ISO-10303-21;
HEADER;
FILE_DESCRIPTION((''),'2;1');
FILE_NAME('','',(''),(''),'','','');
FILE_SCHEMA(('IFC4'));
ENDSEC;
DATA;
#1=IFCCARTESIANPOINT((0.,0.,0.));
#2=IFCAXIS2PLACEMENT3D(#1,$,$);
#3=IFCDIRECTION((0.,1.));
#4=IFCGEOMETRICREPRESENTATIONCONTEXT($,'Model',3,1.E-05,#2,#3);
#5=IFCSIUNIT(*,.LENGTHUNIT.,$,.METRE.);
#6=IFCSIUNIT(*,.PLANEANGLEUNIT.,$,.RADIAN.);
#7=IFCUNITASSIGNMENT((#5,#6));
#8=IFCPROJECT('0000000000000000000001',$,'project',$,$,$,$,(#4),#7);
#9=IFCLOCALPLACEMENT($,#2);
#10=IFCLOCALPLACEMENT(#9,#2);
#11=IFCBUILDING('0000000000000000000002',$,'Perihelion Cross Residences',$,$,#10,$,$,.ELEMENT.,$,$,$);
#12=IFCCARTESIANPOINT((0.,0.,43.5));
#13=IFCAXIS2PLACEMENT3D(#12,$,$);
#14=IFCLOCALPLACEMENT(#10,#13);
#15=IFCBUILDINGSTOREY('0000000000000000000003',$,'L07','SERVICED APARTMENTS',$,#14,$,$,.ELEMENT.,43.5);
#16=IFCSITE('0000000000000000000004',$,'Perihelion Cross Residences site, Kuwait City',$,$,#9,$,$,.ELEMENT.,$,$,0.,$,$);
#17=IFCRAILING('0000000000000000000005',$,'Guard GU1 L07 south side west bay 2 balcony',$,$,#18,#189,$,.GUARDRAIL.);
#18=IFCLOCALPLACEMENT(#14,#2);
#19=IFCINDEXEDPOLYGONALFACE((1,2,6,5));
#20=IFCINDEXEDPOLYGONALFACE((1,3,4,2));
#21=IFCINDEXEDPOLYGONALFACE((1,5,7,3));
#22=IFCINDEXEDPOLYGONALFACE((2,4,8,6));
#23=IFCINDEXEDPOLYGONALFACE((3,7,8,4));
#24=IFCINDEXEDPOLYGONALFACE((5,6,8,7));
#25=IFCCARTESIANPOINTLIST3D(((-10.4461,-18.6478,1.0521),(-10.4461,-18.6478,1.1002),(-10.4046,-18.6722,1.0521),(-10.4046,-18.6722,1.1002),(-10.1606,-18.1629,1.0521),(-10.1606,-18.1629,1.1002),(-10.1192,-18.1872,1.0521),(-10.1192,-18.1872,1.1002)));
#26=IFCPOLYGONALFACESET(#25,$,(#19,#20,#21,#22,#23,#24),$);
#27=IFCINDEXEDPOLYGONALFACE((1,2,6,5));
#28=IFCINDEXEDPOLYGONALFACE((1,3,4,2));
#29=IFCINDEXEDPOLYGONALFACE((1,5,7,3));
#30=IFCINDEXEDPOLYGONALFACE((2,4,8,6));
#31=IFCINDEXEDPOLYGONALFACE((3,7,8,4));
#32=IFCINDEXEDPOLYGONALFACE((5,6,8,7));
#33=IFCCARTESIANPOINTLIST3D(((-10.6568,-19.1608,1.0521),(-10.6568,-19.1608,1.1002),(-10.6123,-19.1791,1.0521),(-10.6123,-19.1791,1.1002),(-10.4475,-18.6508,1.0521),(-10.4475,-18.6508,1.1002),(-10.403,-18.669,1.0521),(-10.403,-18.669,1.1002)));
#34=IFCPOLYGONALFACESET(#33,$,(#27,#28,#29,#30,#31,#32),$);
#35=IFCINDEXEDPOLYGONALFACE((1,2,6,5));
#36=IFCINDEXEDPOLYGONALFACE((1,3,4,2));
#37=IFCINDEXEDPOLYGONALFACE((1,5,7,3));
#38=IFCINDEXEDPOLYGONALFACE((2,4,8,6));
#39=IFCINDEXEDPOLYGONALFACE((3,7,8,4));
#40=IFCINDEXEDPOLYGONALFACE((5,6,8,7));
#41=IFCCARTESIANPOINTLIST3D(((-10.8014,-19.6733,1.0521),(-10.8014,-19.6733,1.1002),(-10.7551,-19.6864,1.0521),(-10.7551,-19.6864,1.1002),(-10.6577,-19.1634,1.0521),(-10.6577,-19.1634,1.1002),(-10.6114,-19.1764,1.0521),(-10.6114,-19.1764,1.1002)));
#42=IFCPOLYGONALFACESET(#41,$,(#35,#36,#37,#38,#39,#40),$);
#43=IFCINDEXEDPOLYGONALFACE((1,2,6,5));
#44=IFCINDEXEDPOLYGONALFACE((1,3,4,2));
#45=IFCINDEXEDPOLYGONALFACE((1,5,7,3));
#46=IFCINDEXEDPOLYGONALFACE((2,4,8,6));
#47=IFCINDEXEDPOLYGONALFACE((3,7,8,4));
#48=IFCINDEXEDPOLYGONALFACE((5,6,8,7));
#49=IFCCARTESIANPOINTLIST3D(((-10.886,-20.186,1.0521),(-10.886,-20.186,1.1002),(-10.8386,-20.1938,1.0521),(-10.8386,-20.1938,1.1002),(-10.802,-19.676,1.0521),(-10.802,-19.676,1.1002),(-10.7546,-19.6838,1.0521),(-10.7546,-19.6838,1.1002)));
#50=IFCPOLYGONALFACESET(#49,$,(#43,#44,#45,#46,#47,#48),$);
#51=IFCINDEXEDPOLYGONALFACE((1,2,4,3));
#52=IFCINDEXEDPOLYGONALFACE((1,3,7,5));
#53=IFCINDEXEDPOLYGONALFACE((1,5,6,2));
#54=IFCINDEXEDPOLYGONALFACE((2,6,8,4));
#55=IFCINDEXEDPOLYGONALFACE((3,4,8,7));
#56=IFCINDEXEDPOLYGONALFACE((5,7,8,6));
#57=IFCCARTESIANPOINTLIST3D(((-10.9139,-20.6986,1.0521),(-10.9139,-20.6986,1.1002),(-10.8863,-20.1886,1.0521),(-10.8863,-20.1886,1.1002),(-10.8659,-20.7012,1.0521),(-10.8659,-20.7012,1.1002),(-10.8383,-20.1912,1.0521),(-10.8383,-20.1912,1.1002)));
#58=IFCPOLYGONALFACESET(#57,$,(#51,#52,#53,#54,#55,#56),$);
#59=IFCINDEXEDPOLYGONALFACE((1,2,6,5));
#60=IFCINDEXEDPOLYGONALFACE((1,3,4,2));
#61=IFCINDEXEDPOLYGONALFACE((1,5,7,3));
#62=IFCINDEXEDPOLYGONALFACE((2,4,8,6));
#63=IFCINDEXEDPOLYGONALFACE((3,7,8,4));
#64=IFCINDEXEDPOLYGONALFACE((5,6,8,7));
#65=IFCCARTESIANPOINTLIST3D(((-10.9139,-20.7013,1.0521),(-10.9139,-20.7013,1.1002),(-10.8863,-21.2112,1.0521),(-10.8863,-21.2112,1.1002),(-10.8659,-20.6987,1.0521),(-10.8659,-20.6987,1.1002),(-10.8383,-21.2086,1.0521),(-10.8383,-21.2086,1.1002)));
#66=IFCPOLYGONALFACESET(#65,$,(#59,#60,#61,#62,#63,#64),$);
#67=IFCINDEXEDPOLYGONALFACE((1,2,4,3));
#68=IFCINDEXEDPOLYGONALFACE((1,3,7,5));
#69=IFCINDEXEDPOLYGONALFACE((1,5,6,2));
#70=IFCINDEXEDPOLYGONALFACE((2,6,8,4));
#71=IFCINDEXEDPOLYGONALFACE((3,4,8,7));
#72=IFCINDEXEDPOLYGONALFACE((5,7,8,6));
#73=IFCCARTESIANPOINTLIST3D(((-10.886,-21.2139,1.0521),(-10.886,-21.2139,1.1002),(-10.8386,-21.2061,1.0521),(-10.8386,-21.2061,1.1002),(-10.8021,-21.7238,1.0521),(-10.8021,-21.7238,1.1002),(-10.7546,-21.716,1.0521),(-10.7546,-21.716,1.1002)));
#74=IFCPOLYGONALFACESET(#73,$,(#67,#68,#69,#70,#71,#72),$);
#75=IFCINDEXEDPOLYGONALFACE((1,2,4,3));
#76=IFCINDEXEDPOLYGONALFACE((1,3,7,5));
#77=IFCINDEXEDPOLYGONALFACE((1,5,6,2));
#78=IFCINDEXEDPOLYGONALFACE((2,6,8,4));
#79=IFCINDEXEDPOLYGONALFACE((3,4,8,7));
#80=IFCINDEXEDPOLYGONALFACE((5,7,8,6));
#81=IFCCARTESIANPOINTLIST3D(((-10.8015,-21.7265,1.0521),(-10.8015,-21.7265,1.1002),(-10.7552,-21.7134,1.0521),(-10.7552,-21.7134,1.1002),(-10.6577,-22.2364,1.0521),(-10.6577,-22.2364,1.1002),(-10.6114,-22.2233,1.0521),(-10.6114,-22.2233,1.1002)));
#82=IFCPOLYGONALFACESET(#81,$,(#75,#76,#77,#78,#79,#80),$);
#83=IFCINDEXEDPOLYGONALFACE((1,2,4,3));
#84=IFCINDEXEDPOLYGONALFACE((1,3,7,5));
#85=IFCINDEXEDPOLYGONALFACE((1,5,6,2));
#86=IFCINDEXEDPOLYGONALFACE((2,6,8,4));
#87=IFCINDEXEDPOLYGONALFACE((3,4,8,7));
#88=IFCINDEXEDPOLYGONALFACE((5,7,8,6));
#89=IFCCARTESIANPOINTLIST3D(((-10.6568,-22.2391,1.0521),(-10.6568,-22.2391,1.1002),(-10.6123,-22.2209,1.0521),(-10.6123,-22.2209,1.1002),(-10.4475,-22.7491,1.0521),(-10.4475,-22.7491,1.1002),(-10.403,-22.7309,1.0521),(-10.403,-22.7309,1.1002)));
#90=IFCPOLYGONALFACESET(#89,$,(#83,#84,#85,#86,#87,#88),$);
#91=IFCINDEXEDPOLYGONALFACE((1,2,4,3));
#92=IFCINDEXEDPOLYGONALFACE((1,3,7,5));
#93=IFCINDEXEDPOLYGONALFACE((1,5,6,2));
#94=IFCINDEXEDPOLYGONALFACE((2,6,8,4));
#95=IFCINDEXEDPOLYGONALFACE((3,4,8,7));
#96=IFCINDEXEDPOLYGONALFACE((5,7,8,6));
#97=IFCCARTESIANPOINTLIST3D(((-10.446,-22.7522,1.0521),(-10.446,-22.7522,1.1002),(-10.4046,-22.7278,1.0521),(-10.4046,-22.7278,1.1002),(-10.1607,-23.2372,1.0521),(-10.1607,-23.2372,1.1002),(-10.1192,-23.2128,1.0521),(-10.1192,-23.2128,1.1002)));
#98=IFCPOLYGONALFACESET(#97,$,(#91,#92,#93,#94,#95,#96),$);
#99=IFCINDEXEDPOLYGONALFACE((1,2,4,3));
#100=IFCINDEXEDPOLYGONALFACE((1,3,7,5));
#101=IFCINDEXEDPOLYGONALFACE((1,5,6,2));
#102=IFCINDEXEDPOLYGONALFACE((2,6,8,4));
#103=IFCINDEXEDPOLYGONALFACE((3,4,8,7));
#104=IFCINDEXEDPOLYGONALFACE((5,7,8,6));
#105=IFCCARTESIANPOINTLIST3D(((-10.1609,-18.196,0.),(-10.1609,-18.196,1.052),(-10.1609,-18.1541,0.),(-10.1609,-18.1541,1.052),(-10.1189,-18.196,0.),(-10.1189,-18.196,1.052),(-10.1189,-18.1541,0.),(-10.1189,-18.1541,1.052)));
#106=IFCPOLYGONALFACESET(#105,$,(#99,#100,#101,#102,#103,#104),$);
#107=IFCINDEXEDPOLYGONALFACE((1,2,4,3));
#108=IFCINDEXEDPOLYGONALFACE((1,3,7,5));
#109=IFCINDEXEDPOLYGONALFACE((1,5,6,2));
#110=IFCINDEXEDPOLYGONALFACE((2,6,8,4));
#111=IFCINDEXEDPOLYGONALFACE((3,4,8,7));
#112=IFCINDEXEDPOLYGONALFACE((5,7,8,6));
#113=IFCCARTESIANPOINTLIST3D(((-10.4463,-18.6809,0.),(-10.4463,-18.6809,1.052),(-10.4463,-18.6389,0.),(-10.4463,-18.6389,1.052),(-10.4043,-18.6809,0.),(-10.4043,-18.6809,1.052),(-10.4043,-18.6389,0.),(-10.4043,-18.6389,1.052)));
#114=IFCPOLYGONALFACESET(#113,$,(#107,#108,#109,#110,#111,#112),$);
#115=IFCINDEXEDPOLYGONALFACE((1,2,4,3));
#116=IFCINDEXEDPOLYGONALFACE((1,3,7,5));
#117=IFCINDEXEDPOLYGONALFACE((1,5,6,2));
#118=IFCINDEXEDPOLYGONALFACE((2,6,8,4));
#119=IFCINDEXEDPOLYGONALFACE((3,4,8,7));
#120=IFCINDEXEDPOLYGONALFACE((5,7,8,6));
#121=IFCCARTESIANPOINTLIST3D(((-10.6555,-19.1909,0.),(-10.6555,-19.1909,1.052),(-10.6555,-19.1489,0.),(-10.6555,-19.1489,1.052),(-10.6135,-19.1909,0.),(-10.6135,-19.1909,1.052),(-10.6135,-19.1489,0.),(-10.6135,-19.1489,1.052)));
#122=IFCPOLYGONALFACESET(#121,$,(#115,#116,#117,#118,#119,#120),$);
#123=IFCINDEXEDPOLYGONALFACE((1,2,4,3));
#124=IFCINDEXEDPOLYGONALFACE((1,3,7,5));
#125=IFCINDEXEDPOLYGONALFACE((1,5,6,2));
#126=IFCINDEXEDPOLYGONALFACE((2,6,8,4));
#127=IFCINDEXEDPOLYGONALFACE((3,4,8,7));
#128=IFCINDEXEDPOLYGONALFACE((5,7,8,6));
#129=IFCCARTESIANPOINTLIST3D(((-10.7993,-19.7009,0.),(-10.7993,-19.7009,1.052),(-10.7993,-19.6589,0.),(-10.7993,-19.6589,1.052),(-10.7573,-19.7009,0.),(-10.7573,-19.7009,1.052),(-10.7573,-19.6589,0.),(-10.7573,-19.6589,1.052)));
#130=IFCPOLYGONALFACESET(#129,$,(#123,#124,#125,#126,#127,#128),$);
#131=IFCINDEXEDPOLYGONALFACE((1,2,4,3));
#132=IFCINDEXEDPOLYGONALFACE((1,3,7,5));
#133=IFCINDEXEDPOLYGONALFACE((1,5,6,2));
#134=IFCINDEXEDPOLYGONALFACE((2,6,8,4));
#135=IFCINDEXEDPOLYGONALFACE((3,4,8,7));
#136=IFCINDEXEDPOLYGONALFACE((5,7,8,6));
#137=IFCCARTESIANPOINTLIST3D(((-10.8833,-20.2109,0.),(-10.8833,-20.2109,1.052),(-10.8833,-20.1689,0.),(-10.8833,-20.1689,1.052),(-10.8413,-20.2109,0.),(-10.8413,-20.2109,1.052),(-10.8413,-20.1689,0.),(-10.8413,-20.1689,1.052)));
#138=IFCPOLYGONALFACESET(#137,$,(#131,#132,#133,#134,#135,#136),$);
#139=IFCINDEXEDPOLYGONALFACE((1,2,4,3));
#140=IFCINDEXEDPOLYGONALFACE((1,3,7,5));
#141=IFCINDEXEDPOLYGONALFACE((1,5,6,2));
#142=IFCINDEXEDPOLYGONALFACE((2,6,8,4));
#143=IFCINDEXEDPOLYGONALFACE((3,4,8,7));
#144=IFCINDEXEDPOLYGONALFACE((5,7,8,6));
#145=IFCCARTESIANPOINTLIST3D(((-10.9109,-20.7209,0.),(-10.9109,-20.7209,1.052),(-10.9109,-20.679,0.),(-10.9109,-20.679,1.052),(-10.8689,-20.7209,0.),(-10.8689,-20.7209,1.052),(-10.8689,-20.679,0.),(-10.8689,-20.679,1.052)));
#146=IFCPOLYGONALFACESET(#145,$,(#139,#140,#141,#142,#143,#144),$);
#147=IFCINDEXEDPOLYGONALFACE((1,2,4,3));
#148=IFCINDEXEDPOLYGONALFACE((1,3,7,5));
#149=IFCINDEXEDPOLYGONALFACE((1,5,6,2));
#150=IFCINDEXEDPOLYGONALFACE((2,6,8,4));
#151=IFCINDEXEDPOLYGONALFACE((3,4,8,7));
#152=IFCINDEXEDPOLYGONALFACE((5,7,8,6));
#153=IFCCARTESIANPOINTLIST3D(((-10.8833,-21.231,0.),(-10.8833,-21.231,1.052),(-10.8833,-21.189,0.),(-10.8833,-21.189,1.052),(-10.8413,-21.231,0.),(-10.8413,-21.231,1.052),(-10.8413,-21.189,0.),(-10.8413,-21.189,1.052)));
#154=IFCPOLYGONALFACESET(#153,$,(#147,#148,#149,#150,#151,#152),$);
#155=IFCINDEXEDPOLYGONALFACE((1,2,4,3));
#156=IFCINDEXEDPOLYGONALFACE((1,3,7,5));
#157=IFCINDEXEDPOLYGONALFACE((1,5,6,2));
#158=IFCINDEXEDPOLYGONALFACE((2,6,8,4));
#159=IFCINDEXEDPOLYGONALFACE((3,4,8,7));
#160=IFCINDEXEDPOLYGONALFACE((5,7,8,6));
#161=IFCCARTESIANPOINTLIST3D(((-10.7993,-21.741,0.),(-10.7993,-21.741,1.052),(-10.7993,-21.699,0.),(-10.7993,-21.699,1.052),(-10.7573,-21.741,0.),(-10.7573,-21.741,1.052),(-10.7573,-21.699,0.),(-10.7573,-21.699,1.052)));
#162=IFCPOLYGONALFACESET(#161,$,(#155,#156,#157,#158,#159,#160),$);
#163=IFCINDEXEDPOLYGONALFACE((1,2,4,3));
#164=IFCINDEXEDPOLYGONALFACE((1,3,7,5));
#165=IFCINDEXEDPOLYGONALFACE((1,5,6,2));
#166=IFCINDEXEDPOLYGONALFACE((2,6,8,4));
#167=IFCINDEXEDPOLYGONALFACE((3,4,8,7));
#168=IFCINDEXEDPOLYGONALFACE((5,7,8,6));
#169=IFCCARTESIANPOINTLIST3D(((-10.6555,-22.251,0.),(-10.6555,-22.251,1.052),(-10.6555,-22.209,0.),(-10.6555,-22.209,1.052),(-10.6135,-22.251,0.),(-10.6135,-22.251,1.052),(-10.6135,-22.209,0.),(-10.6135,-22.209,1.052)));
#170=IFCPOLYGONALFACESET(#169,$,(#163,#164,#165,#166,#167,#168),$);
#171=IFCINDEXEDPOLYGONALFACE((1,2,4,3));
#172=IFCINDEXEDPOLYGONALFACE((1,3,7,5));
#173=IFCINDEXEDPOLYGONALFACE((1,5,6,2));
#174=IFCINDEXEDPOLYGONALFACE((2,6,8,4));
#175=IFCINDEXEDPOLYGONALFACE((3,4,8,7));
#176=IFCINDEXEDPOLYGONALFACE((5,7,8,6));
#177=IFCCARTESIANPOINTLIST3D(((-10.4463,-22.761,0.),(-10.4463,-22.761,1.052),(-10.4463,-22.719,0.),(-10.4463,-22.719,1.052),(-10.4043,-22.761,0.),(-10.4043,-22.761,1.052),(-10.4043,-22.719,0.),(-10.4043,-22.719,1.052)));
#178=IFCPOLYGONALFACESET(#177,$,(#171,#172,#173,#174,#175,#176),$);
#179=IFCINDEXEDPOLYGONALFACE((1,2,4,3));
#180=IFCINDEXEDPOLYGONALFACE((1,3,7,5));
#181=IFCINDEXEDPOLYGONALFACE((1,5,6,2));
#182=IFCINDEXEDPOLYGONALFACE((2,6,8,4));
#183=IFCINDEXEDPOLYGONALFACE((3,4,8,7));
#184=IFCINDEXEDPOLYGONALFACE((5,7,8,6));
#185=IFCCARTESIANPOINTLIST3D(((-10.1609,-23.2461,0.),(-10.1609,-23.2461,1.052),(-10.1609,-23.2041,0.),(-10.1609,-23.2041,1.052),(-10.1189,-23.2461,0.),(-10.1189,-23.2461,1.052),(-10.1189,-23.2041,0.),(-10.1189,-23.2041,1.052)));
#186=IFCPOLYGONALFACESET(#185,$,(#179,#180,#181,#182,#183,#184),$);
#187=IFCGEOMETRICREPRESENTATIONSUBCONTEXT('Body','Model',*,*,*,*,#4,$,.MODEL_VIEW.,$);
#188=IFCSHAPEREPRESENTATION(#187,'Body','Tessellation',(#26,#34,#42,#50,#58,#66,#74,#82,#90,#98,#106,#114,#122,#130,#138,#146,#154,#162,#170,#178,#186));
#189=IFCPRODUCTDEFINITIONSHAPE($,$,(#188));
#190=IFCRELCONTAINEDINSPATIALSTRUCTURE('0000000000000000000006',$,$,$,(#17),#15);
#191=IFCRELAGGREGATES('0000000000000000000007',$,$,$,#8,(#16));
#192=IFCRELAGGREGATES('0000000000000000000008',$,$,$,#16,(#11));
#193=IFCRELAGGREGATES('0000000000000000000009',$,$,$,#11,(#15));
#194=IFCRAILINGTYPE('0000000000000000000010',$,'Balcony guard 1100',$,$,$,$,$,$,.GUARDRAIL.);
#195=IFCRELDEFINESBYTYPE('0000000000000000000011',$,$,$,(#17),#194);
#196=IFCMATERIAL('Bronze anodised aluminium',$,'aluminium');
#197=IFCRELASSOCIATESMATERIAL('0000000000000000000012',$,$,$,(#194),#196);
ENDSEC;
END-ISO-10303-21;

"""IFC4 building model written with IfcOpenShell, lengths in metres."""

from ifc_helpers import new_model, si_unit, direction, frame, origin, origin_2d, place, context, subcontext, project, spatial, rectangle, extrude, material, type_object, element, save


model = new_model("IFC4")

# Units and contexts
model_context = context("Model", 3, precision=1e-05, world=origin(), true_north=direction((0.0, 1.0)))
body_context = subcontext(model_context, "Body", "Model", "MODEL_VIEW")
ifc_project = project(units=[si_unit("LENGTHUNIT", "METRE"), si_unit("PLANEANGLEUNIT", "RADIAN")], contexts=[model_context])

# Site, building, storey
site_placement = place(None, origin())
site = spatial("IfcSite", under=ifc_project, at=site_placement, Name="Perihelion Cross Residences site, Kuwait City", CompositionType="ELEMENT", RefElevation=0.0)
building_placement = place(site_placement, origin())
building = spatial("IfcBuilding", under=site, at=building_placement, Name="Perihelion Cross Residences", CompositionType="ELEMENT")
storey_placement = place(building_placement, frame((0.0, 0.0, 43.5)))
storey = spatial("IfcBuildingStorey", under=building, at=storey_placement, Name="L07", Description="SERVICED APARTMENTS", CompositionType="ELEMENT", Elevation=43.5)

# Railing
ifc_material_1 = material(Name="Bronze anodised aluminium", Category="aluminium")
railing_type = type_object("IfcRailingType", Name="Balcony guard 1100", PredefinedType="GUARDRAIL", material=ifc_material_1)
railing_1_placement = place(storey_placement, frame((-10.1399, -18.175, 0.0)))
element("IfcRailing", 1, at=railing_1_placement, inside=storey, type_object=railing_type, Name="Guard GU1 L07 south side west bay 2 balcony", PredefinedType="GUARDRAIL", context=body_context, shape_type="SweptSolid", body=[
    extrude(rectangle(XDim=0.0481, YDim=0.0481, at=origin_2d()), frame((0.0, 0.0, 1.0762), z_axis=(-0.507267, -0.861789, 0.0), x_axis=(0.861789, -0.507267, 0.0)), (0.0, 0.0, 1.0), 0.5627),
    extrude(rectangle(XDim=0.0481, YDim=0.0481, at=origin_2d()), frame((-0.2854, -0.4849, 1.0762), z_axis=(-0.379547, -0.925173, 0.0), x_axis=(0.925173, -0.379547, 0.0)), (0.0, 0.0, 1.0), 0.5513),
    extrude(rectangle(XDim=0.0481, YDim=0.0481, at=origin_2d()), frame((-0.4946, -0.9949, 1.0762), z_axis=(-0.271373, -0.962474, 0.0), x_axis=(0.962474, -0.271373, 0.0)), (0.0, 0.0, 1.0), 0.5298),
    extrude(rectangle(XDim=0.0481, YDim=0.0481, at=origin_2d()), frame((-0.6384, -1.5049, 1.0762), z_axis=(-0.162484, -0.986711, 0.0), x_axis=(0.986711, -0.162484, 0.0)), (0.0, 0.0, 1.0), 0.5168),
    extrude(rectangle(XDim=0.0481, YDim=0.0481, at=origin_2d()), frame((-0.7224, -2.0149, 1.0762), z_axis=(-0.054014, -0.99854, 0.0), x_axis=(0.99854, -0.054014, 0.0)), (0.0, 0.0, 1.0), 0.5107),
    extrude(rectangle(XDim=0.0481, YDim=0.0481, at=origin_2d()), frame((-0.75, -2.5249, 1.0762), z_axis=(0.054014, -0.99854, 0.0), x_axis=(0.99854, 0.054014, 0.0)), (0.0, 0.0, 1.0), 0.5107),
    extrude(rectangle(XDim=0.0481, YDim=0.0481, at=origin_2d()), frame((-0.7224, -3.0349, 1.0762), z_axis=(0.162484, -0.986711, 0.0), x_axis=(0.986711, 0.162484, 0.0)), (0.0, 0.0, 1.0), 0.5168),
    extrude(rectangle(XDim=0.0481, YDim=0.0481, at=origin_2d()), frame((-0.6384, -3.5449, 1.0762), z_axis=(0.271373, -0.962474, 0.0), x_axis=(0.962474, 0.271373, 0.0)), (0.0, 0.0, 1.0), 0.5298),
    extrude(rectangle(XDim=0.0481, YDim=0.0481, at=origin_2d()), frame((-0.4946, -4.0549, 1.0762), z_axis=(0.379547, -0.925173, 0.0), x_axis=(0.925173, 0.379547, 0.0)), (0.0, 0.0, 1.0), 0.5513),
    extrude(rectangle(XDim=0.0481, YDim=0.0481, at=origin_2d()), frame((-0.2854, -4.5649, 1.0762), z_axis=(0.507077, -0.861901, 0.0), x_axis=(0.861901, 0.507077, 0.0)), (0.0, 0.0, 1.0), 0.5627),
    extrude(rectangle(XDim=0.042, YDim=0.042, at=origin_2d()), origin(), (0.0, 0.0, 1.0), 1.052),
    extrude(rectangle(XDim=0.042, YDim=0.042, at=origin_2d()), frame((-0.2854, -0.4849, 0.0)), (0.0, 0.0, 1.0), 1.052),
    extrude(rectangle(XDim=0.042, YDim=0.042, at=origin_2d()), frame((-0.4946, -0.9949, 0.0)), (0.0, 0.0, 1.0), 1.052),
    extrude(rectangle(XDim=0.042, YDim=0.042, at=origin_2d()), frame((-0.6384, -1.5049, 0.0)), (0.0, 0.0, 1.0), 1.052),
    extrude(rectangle(XDim=0.042, YDim=0.042, at=origin_2d()), frame((-0.7224, -2.0149, 0.0)), (0.0, 0.0, 1.0), 1.052),
    extrude(rectangle(XDim=0.042, YDim=0.042, at=origin_2d()), frame((-0.75, -2.5249, 0.0)), (0.0, 0.0, 1.0), 1.052),
    extrude(rectangle(XDim=0.042, YDim=0.042, at=origin_2d()), frame((-0.7224, -3.0349, 0.0)), (0.0, 0.0, 1.0), 1.052),
    extrude(rectangle(XDim=0.042, YDim=0.042, at=origin_2d()), frame((-0.6384, -3.5449, 0.0)), (0.0, 0.0, 1.0), 1.052),
    extrude(rectangle(XDim=0.042, YDim=0.042, at=origin_2d()), frame((-0.4946, -4.0549, 0.0)), (0.0, 0.0, 1.0), 1.052),
    extrude(rectangle(XDim=0.042, YDim=0.042, at=origin_2d()), frame((-0.2854, -4.5649, 0.0)), (0.0, 0.0, 1.0), 1.052),
    extrude(rectangle(XDim=0.042, YDim=0.042, at=origin_2d()), frame((0.0, -5.05, 0.0)), (0.0, 0.0, 1.0), 1.052),
])

save(model, "model.ifc")
